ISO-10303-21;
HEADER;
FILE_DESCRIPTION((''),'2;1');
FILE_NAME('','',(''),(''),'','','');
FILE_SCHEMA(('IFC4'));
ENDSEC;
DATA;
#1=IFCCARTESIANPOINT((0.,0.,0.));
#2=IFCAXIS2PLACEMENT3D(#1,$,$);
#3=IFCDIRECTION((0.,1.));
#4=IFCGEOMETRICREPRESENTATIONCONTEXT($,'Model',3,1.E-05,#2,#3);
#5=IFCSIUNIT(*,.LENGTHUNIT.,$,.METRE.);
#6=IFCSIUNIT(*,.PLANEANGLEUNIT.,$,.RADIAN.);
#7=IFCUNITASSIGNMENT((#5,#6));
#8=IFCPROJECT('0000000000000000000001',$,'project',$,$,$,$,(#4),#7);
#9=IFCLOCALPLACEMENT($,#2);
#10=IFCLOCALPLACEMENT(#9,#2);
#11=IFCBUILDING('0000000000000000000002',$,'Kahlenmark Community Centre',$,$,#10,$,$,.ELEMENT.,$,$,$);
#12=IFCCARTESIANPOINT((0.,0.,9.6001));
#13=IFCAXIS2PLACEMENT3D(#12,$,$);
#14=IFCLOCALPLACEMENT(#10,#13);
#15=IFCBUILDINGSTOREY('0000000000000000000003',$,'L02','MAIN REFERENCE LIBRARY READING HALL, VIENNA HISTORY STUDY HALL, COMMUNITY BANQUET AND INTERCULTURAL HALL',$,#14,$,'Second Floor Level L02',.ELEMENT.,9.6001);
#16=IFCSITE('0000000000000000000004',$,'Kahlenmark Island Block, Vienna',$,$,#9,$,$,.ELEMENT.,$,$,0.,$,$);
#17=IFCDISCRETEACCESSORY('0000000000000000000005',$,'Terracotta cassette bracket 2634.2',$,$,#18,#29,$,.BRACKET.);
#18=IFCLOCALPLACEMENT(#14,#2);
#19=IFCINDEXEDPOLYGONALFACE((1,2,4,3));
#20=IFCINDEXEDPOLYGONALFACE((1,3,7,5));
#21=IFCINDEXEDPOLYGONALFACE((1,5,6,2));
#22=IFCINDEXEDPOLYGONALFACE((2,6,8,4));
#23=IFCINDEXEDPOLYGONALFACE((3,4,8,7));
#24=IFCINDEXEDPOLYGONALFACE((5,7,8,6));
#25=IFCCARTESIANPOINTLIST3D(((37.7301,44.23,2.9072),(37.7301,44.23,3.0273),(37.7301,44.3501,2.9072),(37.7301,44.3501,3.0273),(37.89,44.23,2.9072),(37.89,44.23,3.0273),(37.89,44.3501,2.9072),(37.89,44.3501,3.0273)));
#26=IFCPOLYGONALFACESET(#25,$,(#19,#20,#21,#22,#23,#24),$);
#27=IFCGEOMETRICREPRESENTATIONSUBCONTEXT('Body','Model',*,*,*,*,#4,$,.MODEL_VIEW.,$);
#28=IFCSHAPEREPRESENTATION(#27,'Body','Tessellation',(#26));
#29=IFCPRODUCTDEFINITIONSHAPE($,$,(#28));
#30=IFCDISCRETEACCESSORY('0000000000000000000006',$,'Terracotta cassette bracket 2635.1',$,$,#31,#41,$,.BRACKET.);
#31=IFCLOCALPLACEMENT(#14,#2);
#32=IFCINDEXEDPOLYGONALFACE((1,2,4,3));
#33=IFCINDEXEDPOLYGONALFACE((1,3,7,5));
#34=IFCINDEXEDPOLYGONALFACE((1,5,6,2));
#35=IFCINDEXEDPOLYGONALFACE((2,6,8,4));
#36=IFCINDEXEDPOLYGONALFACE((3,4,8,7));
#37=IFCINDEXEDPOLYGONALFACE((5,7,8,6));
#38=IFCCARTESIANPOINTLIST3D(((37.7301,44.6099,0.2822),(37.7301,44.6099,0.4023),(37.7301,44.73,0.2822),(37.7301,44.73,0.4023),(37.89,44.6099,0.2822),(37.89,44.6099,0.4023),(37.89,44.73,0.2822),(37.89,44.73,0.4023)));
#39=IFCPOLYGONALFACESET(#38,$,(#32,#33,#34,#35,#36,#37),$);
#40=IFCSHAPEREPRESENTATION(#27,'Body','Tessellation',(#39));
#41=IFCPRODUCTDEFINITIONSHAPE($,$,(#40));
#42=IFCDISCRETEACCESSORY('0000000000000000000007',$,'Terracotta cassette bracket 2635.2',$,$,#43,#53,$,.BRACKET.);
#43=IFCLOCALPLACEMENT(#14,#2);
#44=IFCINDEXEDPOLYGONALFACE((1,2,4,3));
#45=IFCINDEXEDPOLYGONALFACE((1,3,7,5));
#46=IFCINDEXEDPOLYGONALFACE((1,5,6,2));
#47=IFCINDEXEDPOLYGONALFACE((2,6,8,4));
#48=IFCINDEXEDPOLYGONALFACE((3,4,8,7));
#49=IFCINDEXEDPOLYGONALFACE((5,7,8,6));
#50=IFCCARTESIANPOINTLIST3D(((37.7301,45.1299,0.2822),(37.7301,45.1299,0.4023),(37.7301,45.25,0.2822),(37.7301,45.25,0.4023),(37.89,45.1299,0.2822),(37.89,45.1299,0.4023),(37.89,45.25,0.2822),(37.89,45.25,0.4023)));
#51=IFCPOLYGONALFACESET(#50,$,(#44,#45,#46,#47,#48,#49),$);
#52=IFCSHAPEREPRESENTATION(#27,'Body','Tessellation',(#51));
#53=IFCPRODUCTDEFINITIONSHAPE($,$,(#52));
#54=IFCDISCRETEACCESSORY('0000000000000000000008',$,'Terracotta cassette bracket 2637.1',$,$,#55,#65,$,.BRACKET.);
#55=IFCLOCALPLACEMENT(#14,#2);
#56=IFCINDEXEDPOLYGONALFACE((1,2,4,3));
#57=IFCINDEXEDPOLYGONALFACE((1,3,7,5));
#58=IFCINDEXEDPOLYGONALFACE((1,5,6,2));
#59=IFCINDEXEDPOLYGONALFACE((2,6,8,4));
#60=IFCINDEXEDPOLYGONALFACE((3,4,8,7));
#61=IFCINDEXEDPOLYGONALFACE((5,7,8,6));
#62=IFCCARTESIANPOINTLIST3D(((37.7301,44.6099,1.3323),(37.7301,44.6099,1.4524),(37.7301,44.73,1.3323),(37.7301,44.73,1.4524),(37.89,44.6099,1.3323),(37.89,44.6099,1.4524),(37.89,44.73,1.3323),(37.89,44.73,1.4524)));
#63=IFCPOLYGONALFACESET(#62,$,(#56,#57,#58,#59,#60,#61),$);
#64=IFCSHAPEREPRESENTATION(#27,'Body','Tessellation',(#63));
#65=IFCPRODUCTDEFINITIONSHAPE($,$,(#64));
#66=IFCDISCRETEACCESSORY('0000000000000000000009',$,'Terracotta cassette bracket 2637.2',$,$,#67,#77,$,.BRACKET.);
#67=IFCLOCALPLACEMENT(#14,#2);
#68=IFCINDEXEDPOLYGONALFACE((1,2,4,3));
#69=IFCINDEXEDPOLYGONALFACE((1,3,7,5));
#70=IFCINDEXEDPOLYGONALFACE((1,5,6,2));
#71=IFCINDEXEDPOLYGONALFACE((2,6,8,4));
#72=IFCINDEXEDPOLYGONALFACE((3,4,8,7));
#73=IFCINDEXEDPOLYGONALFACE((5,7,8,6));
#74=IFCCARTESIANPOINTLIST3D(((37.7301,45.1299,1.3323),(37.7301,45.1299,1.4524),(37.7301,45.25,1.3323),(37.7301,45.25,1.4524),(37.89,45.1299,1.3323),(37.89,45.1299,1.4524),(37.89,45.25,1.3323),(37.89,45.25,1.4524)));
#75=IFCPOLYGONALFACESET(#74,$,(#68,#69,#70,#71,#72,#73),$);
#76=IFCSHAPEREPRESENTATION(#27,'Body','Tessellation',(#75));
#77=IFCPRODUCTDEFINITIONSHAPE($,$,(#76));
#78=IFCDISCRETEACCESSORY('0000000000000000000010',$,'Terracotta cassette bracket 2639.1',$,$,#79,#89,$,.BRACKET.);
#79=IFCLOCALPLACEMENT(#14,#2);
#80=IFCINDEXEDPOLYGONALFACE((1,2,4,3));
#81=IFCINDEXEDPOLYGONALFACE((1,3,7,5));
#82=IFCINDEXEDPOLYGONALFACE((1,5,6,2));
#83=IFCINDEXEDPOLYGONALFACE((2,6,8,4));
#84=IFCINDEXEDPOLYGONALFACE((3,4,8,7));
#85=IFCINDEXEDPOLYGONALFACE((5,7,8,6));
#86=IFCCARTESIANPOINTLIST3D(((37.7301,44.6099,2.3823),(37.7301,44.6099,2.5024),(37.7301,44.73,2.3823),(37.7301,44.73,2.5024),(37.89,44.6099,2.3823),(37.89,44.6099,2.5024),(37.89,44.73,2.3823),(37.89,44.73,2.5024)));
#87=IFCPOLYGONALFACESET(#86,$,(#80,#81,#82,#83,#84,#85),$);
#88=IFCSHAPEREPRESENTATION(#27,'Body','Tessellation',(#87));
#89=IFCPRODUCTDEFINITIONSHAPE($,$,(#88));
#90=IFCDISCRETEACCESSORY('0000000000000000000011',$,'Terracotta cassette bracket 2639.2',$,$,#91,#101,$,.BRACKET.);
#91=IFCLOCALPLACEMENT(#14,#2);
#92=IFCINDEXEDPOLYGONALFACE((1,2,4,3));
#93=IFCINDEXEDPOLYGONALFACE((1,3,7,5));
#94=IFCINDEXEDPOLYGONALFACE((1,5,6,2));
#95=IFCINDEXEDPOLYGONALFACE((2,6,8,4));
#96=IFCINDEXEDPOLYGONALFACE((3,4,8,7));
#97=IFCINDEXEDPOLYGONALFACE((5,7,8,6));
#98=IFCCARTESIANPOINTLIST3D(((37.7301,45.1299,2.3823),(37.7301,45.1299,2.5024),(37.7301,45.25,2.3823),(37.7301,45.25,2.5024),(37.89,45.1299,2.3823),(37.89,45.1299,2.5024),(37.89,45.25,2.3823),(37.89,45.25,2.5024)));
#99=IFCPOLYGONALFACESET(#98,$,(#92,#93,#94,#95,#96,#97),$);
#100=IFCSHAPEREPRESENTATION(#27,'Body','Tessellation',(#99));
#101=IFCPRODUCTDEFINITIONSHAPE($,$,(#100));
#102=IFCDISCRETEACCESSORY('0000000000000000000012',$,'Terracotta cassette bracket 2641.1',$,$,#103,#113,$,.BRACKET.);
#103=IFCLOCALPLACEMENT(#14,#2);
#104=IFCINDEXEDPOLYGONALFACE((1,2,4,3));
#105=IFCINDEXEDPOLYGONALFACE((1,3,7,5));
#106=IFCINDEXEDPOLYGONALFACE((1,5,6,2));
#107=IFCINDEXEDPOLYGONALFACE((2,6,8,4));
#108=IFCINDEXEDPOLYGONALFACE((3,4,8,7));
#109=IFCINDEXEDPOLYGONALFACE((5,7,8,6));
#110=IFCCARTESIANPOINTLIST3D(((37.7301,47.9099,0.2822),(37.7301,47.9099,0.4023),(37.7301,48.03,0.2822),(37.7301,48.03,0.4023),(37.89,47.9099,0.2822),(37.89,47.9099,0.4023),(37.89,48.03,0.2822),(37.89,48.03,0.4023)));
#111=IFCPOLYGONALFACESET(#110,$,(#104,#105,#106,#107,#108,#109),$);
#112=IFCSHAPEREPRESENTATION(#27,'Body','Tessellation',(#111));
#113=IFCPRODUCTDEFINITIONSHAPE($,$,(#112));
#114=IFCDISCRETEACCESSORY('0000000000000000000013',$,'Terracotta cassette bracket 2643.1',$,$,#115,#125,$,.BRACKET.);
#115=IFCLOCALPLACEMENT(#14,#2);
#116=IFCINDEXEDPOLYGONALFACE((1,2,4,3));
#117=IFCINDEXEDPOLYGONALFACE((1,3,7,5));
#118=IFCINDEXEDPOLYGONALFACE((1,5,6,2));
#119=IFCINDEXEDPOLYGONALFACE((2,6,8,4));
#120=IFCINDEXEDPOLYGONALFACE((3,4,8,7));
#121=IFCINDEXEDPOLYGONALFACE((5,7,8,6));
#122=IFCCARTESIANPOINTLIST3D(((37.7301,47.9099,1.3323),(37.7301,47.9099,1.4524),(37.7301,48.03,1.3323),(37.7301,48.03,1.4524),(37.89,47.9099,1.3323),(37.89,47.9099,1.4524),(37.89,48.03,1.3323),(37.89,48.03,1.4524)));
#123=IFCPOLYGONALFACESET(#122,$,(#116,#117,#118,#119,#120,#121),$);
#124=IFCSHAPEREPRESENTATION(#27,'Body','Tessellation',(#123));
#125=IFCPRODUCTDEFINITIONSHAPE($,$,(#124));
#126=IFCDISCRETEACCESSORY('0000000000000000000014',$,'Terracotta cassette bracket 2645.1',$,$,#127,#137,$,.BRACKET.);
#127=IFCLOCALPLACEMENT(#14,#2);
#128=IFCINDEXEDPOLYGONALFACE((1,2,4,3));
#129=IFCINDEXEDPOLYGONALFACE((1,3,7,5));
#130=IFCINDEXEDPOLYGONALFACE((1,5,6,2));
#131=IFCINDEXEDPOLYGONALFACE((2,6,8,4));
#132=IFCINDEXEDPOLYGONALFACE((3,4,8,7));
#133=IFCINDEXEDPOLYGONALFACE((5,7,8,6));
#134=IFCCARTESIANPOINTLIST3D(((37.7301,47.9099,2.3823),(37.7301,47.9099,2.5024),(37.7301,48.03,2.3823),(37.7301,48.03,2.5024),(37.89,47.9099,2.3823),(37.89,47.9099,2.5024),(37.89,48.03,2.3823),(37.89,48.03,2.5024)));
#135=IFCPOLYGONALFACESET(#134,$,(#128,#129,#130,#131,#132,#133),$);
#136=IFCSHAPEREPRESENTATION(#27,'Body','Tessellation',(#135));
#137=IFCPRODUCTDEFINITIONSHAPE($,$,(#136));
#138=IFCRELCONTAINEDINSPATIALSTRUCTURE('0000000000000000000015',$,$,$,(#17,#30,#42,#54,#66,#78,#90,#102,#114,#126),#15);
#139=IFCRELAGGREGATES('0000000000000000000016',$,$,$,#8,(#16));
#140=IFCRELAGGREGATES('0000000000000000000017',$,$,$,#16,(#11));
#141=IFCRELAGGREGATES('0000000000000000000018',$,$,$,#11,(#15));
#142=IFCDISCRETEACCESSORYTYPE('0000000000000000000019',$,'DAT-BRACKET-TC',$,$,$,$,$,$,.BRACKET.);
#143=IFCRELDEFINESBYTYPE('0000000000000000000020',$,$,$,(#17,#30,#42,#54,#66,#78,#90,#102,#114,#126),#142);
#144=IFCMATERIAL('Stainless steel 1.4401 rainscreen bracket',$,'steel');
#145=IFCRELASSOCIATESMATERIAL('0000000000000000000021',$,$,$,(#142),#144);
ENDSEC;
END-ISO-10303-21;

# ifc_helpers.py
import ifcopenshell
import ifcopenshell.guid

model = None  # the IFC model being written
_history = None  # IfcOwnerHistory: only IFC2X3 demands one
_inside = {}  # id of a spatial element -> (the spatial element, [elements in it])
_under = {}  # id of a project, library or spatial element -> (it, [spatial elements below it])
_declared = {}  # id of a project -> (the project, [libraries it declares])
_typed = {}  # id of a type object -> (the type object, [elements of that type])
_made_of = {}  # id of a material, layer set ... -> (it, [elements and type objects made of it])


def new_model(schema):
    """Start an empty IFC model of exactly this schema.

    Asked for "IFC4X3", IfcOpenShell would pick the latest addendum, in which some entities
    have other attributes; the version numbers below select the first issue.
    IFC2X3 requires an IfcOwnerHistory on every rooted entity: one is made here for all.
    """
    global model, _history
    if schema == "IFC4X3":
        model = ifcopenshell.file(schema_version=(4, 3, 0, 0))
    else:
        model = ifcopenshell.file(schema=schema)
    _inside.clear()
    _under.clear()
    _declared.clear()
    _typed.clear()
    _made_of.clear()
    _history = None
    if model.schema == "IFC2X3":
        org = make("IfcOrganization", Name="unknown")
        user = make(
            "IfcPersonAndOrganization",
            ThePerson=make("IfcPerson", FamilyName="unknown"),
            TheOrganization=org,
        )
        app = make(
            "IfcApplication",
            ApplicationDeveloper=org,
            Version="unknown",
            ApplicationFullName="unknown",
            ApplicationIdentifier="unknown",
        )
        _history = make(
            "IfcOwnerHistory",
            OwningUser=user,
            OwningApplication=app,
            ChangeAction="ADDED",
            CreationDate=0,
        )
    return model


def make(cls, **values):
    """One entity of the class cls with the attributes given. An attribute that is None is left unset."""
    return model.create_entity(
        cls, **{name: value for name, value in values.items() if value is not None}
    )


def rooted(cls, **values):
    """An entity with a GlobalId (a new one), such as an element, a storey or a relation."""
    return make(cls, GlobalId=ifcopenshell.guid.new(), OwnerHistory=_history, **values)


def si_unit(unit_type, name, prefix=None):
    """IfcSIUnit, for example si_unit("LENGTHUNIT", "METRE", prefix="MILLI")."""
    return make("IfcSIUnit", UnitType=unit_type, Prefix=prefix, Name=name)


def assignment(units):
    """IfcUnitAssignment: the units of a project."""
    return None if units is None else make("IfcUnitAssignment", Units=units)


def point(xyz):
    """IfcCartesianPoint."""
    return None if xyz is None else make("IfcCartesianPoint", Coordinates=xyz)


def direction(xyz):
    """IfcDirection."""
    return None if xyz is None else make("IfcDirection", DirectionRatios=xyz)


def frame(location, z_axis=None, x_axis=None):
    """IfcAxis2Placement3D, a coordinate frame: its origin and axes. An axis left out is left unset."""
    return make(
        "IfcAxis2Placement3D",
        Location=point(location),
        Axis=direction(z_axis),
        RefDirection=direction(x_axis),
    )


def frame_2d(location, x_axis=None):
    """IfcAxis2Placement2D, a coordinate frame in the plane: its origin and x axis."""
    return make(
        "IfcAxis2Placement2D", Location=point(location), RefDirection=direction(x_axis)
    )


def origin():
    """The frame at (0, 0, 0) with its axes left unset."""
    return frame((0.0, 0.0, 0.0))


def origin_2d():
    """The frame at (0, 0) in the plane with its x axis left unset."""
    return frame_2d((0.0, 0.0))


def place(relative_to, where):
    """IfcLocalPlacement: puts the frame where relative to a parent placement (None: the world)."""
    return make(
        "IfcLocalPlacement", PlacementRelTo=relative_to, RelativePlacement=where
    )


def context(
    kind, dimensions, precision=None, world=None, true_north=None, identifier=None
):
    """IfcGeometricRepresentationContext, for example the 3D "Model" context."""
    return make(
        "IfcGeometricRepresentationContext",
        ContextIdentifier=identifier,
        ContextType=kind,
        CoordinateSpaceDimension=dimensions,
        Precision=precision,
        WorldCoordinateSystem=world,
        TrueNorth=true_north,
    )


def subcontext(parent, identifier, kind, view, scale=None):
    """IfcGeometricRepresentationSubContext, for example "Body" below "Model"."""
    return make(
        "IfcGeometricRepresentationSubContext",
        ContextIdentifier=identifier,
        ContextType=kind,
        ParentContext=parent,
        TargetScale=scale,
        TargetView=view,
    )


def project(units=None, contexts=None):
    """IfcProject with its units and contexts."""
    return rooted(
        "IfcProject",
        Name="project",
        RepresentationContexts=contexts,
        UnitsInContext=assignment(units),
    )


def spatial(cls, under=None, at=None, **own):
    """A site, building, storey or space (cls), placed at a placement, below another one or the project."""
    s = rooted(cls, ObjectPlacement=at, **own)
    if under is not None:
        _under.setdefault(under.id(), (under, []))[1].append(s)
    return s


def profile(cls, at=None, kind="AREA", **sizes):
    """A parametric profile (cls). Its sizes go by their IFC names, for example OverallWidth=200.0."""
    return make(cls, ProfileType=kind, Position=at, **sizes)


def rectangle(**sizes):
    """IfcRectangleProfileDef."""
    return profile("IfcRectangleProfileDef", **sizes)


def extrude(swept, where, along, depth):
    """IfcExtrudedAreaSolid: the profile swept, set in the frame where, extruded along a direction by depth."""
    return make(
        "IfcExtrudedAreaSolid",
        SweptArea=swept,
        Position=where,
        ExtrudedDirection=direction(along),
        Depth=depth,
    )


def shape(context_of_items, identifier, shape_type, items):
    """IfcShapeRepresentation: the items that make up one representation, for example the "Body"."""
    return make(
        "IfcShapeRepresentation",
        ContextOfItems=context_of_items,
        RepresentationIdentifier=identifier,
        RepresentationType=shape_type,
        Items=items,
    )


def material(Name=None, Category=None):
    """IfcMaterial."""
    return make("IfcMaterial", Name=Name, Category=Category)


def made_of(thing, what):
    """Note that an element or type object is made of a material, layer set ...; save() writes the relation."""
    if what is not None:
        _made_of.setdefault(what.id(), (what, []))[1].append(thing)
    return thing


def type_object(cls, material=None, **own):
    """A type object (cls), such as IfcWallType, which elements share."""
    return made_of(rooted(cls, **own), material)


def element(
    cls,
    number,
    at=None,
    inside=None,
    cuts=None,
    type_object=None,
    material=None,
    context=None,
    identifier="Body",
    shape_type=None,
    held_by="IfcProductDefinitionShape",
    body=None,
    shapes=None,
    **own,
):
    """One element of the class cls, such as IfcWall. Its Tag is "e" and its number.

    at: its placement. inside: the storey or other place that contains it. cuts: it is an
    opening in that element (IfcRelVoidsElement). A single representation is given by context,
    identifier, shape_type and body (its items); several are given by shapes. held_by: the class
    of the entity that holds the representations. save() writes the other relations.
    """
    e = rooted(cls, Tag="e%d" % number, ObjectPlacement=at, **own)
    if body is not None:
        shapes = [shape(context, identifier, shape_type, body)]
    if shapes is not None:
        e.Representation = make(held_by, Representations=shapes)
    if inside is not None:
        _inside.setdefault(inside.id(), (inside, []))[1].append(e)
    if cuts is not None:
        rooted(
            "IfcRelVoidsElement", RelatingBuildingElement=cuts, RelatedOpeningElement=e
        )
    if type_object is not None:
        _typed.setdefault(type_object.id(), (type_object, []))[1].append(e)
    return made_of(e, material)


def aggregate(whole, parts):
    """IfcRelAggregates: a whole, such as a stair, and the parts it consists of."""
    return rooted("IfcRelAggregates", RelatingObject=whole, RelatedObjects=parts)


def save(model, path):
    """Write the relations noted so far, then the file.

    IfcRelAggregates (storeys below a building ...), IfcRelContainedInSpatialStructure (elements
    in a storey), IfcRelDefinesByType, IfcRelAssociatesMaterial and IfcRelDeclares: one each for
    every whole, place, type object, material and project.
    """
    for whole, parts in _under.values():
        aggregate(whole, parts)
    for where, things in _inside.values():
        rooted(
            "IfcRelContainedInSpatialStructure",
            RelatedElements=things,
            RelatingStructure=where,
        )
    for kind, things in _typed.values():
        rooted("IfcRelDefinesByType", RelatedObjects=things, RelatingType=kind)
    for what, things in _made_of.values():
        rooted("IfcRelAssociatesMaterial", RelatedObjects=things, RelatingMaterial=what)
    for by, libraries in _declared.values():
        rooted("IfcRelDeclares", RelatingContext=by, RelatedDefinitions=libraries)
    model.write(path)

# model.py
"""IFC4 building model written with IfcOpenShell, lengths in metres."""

from ifc_helpers import new_model, si_unit, direction, frame, origin, origin_2d, place, context, subcontext, project, spatial, rectangle, extrude, material, type_object, element, save


model = new_model("IFC4")

# Units and contexts
model_context = context("Model", 3, precision=1e-05, world=origin(), true_north=direction((0.0, 1.0)))
body_context = subcontext(model_context, "Body", "Model", "MODEL_VIEW")
ifc_project = project(units=[si_unit("LENGTHUNIT", "METRE"), si_unit("PLANEANGLEUNIT", "RADIAN")], contexts=[model_context])

# Site, building, storey
site_placement = place(None, origin())
site = spatial("IfcSite", under=ifc_project, at=site_placement, Name="Kahlenmark Island Block, Vienna", CompositionType="ELEMENT", RefElevation=0.0)
building_placement = place(site_placement, origin())
building = spatial("IfcBuilding", under=site, at=building_placement, Name="Kahlenmark Community Centre", CompositionType="ELEMENT")
storey_placement = place(building_placement, frame((0.0, 0.0, 9.6001)))
storey = spatial("IfcBuildingStorey", under=building, at=storey_placement, Name="L02", Description="MAIN REFERENCE LIBRARY READING HALL, VIENNA HISTORY STUDY HALL, COMMUNITY BANQUET AND INTERCULTURAL HALL", LongName="Second Floor Level L02", CompositionType="ELEMENT", Elevation=9.6001)

# Discrete accessories
ifc_material_1 = material(Name="Stainless steel 1.4401 rainscreen bracket", Category="steel")
discrete_accessory_type = type_object("IfcDiscreteAccessoryType", Name="DAT-BRACKET-TC", PredefinedType="BRACKET", material=ifc_material_1)
for number, where, z_axis, x_axis, name in (
    (1, (37.8101, 44.29, 2.9072), (0.0, 0.0, 1.0), (0.0, 1.0, 0.0), "Terracotta cassette bracket 2634.2"),
    (2, (37.8101, 44.6699, 0.2822), (0.0, 0.0, 1.0), (0.0, 1.0, 0.0), "Terracotta cassette bracket 2635.1"),
    (3, (37.8101, 45.1899, 0.2822), (0.0, 0.0, 1.0), (0.0, 1.0, 0.0), "Terracotta cassette bracket 2635.2"),
    (4, (37.8101, 44.6699, 1.3323), (0.0, 0.0, 1.0), (0.0, 1.0, 0.0), "Terracotta cassette bracket 2637.1"),
    (5, (37.8101, 45.1899, 1.3323), (0.0, 0.0, 1.0), (0.0, 1.0, 0.0), "Terracotta cassette bracket 2637.2"),
    (6, (37.8101, 44.6699, 2.3823), (0.0, 0.0, 1.0), (0.0, 1.0, 0.0), "Terracotta cassette bracket 2639.1"),
    (7, (37.8101, 45.1899, 2.3823), (0.0, 0.0, 1.0), (0.0, 1.0, 0.0), "Terracotta cassette bracket 2639.2"),
    (8, (37.8101, 47.97, 0.2822), (0.0, 0.0, 1.0), (0.0, 1.0, 0.0), "Terracotta cassette bracket 2641.1"),
    (9, (37.8101, 47.97, 1.3323), (0.0, 0.0, 1.0), (0.0, 1.0, 0.0), "Terracotta cassette bracket 2643.1"),
    (10, (37.8101, 47.97, 2.3823), (0.0, 0.0, 1.0), (0.0, 1.0, 0.0), "Terracotta cassette bracket 2645.1"),
):
    element("IfcDiscreteAccessory", number, at=place(storey_placement, frame(where, z_axis=z_axis, x_axis=x_axis)), inside=storey, type_object=discrete_accessory_type, Name=name, PredefinedType="BRACKET", context=body_context, shape_type="SweptSolid", body=[
        extrude(rectangle(XDim=0.1201, YDim=0.1599, at=origin_2d()), origin(), (0.0, 0.0, 1.0), 0.1201),
    ])

save(model, "model.ifc")
